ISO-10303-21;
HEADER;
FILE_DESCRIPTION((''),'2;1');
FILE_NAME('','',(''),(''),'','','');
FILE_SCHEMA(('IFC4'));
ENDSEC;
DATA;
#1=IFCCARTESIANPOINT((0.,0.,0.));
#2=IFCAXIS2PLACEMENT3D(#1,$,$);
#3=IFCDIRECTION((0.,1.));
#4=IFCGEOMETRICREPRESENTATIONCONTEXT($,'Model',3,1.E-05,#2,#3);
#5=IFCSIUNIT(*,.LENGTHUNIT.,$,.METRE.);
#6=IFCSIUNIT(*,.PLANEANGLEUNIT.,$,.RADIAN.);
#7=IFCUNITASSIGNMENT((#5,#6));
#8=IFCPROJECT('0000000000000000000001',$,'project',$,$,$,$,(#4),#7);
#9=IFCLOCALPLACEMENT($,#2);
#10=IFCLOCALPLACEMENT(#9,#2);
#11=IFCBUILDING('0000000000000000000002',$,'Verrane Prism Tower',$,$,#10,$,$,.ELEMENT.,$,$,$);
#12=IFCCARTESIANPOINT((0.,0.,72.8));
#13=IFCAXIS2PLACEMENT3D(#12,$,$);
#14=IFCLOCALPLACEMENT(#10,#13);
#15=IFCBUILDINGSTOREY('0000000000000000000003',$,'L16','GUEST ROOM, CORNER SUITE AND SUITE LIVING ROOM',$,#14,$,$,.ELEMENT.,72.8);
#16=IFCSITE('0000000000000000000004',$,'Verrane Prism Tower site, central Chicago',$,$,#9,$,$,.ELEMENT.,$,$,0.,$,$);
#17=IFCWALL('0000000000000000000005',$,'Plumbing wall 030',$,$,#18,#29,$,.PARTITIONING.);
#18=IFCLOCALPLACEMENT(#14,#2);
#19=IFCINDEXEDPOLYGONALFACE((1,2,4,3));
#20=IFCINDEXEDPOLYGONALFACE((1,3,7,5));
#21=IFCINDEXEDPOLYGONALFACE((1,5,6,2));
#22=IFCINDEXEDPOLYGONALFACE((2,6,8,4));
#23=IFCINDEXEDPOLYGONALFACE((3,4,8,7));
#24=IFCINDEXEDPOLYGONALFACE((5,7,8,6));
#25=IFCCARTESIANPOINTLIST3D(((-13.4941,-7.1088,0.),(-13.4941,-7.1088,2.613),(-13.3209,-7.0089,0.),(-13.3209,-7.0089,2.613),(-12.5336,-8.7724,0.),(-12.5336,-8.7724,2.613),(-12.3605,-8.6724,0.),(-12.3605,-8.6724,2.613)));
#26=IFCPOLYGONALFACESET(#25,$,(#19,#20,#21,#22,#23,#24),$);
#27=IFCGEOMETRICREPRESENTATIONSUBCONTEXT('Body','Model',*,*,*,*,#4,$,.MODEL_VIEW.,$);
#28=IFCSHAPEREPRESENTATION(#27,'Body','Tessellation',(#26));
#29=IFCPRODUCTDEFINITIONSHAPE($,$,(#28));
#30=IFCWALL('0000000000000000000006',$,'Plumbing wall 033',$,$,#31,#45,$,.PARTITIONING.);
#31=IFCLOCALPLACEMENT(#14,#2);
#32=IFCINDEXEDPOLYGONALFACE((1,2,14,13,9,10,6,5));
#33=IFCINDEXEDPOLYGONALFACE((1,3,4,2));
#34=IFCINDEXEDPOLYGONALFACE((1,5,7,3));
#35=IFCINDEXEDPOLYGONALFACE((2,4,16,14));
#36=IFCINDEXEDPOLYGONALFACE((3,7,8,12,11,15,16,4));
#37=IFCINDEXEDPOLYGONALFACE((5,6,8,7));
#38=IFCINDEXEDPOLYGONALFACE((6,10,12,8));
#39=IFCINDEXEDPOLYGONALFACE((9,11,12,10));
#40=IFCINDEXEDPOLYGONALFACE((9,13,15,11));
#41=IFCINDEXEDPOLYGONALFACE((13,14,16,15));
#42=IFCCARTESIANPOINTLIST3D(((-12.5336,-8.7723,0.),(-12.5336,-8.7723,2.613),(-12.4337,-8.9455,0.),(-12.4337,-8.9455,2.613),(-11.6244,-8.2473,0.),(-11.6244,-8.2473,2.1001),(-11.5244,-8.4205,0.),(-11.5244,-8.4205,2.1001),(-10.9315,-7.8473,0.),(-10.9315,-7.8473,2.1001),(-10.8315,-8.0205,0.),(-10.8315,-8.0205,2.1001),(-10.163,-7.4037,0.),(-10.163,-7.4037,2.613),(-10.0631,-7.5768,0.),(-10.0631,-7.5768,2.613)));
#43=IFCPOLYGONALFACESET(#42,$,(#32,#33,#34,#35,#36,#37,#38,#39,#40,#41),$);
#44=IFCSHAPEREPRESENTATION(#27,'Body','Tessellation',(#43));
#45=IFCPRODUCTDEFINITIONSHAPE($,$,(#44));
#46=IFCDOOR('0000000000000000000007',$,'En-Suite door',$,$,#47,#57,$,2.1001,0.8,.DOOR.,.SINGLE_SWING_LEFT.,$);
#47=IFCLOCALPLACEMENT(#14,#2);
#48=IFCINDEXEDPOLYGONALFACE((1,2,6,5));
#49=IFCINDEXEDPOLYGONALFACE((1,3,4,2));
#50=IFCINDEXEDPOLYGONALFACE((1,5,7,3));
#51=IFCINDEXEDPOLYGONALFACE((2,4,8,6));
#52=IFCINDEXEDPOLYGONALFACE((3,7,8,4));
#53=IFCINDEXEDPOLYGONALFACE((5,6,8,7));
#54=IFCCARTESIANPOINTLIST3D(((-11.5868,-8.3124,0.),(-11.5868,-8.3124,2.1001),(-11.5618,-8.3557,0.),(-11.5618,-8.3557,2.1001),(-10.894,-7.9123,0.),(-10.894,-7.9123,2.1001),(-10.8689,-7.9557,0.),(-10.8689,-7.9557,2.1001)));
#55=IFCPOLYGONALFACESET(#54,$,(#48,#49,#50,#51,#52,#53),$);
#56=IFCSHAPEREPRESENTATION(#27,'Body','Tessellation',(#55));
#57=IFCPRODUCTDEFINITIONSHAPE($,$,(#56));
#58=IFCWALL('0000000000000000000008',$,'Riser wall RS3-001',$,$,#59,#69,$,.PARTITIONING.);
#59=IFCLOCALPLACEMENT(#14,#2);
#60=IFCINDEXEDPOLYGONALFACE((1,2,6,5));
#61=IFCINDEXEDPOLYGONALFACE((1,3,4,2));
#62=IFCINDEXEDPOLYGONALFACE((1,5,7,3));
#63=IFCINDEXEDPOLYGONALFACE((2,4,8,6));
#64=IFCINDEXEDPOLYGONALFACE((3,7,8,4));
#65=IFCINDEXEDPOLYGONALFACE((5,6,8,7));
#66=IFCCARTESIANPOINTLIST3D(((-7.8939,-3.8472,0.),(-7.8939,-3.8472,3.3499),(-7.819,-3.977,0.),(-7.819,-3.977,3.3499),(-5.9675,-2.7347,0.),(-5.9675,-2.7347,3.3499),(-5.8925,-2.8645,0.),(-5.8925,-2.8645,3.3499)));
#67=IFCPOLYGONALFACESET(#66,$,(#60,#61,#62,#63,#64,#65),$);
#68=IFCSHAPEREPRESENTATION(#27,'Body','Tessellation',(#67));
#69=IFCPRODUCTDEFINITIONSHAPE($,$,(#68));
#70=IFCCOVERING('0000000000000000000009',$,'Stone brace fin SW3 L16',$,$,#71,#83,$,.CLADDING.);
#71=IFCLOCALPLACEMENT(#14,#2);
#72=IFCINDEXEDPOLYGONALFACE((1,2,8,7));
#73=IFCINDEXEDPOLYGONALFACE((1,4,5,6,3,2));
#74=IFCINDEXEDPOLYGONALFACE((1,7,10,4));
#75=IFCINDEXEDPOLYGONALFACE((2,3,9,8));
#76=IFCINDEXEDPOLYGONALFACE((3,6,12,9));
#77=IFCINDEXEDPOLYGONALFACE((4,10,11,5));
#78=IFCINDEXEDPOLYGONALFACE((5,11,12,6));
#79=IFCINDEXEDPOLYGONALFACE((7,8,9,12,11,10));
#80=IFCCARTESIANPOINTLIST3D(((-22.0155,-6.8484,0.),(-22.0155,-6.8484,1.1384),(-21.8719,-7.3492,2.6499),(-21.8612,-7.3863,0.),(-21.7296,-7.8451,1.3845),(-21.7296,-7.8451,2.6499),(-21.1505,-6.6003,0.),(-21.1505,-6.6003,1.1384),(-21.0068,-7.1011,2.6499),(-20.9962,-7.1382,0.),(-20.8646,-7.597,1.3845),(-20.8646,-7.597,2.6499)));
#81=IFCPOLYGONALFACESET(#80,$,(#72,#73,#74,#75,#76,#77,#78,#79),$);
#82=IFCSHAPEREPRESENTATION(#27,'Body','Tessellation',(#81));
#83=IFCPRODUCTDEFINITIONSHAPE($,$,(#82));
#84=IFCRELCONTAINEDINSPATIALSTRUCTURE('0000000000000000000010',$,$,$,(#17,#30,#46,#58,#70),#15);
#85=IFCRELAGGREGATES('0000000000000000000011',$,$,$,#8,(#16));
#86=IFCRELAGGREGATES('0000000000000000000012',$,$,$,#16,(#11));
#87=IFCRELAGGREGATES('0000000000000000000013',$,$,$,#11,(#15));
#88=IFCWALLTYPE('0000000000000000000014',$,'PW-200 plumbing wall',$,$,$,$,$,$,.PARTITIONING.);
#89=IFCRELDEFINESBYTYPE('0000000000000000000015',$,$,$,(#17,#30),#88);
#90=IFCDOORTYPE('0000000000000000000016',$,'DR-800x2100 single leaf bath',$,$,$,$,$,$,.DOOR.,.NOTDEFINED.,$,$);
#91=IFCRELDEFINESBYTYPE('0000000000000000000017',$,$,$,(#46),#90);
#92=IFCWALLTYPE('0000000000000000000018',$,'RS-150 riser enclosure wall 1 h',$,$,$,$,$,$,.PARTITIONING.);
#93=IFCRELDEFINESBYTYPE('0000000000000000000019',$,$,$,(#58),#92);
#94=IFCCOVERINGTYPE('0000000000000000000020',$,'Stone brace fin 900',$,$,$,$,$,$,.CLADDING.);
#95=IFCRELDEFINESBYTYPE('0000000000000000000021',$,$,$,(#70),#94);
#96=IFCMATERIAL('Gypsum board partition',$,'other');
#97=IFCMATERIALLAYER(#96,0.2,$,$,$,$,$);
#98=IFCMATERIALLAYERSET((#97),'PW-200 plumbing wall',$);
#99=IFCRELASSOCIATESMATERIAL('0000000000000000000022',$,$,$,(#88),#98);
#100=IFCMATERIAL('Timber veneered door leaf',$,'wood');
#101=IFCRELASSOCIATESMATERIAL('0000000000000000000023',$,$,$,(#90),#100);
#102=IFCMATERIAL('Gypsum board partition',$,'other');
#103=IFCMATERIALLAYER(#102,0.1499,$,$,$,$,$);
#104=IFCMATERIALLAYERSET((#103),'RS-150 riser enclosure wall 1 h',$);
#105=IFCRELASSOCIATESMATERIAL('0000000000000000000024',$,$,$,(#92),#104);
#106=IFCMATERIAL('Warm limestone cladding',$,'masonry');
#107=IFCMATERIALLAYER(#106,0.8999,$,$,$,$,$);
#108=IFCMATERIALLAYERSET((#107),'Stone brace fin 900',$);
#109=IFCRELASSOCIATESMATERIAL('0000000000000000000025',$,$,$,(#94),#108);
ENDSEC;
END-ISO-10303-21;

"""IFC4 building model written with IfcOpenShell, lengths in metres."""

from ifc_helpers import new_model, si_unit, direction, frame, frame_2d, origin, place, context, subcontext, project, spatial, polyline, rectangle, outline, extrude, material, layer, layer_set, type_object, element, fill, save


model = new_model("IFC4")

# Units and contexts
model_context = context("Model", 3, precision=1e-05, world=origin(), true_north=direction((0.0, 1.0)))
body_context = subcontext(model_context, "Body", "Model", "MODEL_VIEW")
ifc_project = project(units=[si_unit("LENGTHUNIT", "METRE"), si_unit("PLANEANGLEUNIT", "RADIAN")], contexts=[model_context])

# Site, building, storey
site_placement = place(None, origin())
site = spatial("IfcSite", under=ifc_project, at=site_placement, Name="Verrane Prism Tower site, central Chicago", CompositionType="ELEMENT", RefElevation=0.0)
building_placement = place(site_placement, origin())
building = spatial("IfcBuilding", under=site, at=building_placement, Name="Verrane Prism Tower", CompositionType="ELEMENT")
storey_placement = place(building_placement, frame((0.0, 0.0, 72.8)))
storey = spatial("IfcBuildingStorey", under=building, at=storey_placement, Name="L16", Description="GUEST ROOM, CORNER SUITE AND SUITE LIVING ROOM", CompositionType="ELEMENT", Elevation=72.8)

# Shared definitions
ifc_material_1 = material(Name="Gypsum board partition", Category="other")
ifc_layer_1 = layer(ifc_material_1, 0.2)
ifc_layer_set_1 = layer_set([ifc_layer_1], Name="PW-200 plumbing wall")
wall_type_1 = type_object("IfcWallType", Name="PW-200 plumbing wall", PredefinedType="PARTITIONING", material=ifc_layer_set_1)
ifc_material_2 = material(Name="Timber veneered door leaf", Category="wood")
door_type = type_object("IfcDoorType", Name="DR-800x2100 single leaf bath", OperationType="NOTDEFINED", PredefinedType="DOOR", material=ifc_material_2)

# Wall
wall_1_placement = place(storey_placement, frame((-13.4075, -7.0588, 0.0), z_axis=(0.0, 0.0, 1.0), x_axis=(0.499994, -0.866029, 0.0)))
element("IfcWall", 1, at=wall_1_placement, inside=storey, type_object=wall_type_1, Name="Plumbing wall 030", PredefinedType="PARTITIONING", context=body_context, shape_type="SweptSolid", body=[
    extrude(rectangle(XDim=1.9209, YDim=0.2, at=frame_2d((0.9604, 0.0))), origin(), (0.0, 0.0, 1.0), 2.613),
])

# Wall, opening, door
wall_2_placement = place(storey_placement, frame((-12.4836, -8.8589, 0.0), z_axis=(0.0, 0.0, 1.0), x_axis=(0.866028, 0.499995, 0.0)))
wall_2 = element("IfcWall", 2, at=wall_2_placement, inside=storey, type_object=wall_type_1, Name="Plumbing wall 033", PredefinedType="PARTITIONING", context=body_context, shape_type="SweptSolid", body=[
    extrude(rectangle(XDim=2.7373, YDim=0.2, at=frame_2d((1.3687, 0.0))), origin(), (0.0, 0.0, 1.0), 2.613),
])
opening_1_placement = place(wall_2_placement, frame((1.05, 0.0, 0.0)))
opening_1 = element("IfcOpeningElement", 3, at=opening_1_placement, cuts=wall_2, PredefinedType="OPENING", context=body_context, shape_type="SweptSolid", body=[
    extrude(rectangle(XDim=0.8, YDim=2.1001, at=frame_2d((0.3999, 1.05))), frame((0.0, 0.1099, 0.0), z_axis=(0.0, -1.0, 0.0), x_axis=(1.0, 0.0, 0.0)), (0.0, 0.0, 1.0), 0.22),
])
door_1_placement = place(opening_1_placement, origin())
door_1 = element("IfcDoor", 4, at=door_1_placement, inside=storey, type_object=door_type, Name="En-Suite door", OperationType="SINGLE_SWING_LEFT", OverallHeight=2.1001, OverallWidth=0.8, PredefinedType="DOOR", context=body_context, shape_type="SweptSolid", body=[
    extrude(rectangle(XDim=0.8, YDim=2.1001, at=frame_2d((0.3999, 1.05))), frame((0.0, 0.0249, 0.0), z_axis=(0.0, -1.0, 0.0), x_axis=(1.0, 0.0, 0.0)), (0.0, 0.0, 1.0), 0.05),
])
fill(opening_1, door_1)

# Wall
ifc_material_3 = material(Name="Gypsum board partition", Category="other")
ifc_layer_2 = layer(ifc_material_3, 0.1499)
ifc_layer_set_2 = layer_set([ifc_layer_2], Name="RS-150 riser enclosure wall 1 h")
wall_type_2 = type_object("IfcWallType", Name="RS-150 riser enclosure wall 1 h", PredefinedType="PARTITIONING", material=ifc_layer_set_2)
wall_3_placement = place(storey_placement, frame((-7.8564, -3.9121, 0.0), z_axis=(0.0, 0.0, 1.0), x_axis=(0.865972, 0.500093, 0.0)))
element("IfcWall", 5, at=wall_3_placement, inside=storey, type_object=wall_type_2, Name="Riser wall RS3-001", PredefinedType="PARTITIONING", context=body_context, shape_type="SweptSolid", body=[
    extrude(rectangle(XDim=2.2246, YDim=0.1499, at=frame_2d((1.1123, 0.0))), origin(), (0.0, 0.0, 1.0), 3.3499),
])

# Covering
ifc_material_4 = material(Name="Warm limestone cladding", Category="masonry")
ifc_layer_3 = layer(ifc_material_4, 0.8999)
ifc_layer_set_3 = layer_set([ifc_layer_3], Name="Stone brace fin 900")
covering_type = type_object("IfcCoveringType", Name="Stone brace fin 900", PredefinedType="CLADDING", material=ifc_layer_set_3)
covering_placement = place(storey_placement, frame((-21.583, -6.7244, 0.0), z_axis=(0.0, 0.0, 1.0), x_axis=(0.275747, -0.96123, 0.0)))
element("IfcCovering", 6, at=covering_placement, inside=storey, type_object=covering_type, Name="Stone brace fin SW3 L16", PredefinedType="CLADDING", context=body_context, shape_type="SweptSolid", body=[
    extrude(outline(polyline([(1.0369, 2.6499), (0.521, 2.6499), (0.0, 1.1384), (0.0, 0.0), (0.5596, 0.0), (1.0369, 1.3845), (1.0369, 2.6499)])), frame((0.0, 0.45, 0.0), z_axis=(0.0, -1.0, 0.0), x_axis=(1.0, 0.0, 0.0)), (0.0, 0.0, 1.0), 0.8999),
])

save(model, "model.ifc")
